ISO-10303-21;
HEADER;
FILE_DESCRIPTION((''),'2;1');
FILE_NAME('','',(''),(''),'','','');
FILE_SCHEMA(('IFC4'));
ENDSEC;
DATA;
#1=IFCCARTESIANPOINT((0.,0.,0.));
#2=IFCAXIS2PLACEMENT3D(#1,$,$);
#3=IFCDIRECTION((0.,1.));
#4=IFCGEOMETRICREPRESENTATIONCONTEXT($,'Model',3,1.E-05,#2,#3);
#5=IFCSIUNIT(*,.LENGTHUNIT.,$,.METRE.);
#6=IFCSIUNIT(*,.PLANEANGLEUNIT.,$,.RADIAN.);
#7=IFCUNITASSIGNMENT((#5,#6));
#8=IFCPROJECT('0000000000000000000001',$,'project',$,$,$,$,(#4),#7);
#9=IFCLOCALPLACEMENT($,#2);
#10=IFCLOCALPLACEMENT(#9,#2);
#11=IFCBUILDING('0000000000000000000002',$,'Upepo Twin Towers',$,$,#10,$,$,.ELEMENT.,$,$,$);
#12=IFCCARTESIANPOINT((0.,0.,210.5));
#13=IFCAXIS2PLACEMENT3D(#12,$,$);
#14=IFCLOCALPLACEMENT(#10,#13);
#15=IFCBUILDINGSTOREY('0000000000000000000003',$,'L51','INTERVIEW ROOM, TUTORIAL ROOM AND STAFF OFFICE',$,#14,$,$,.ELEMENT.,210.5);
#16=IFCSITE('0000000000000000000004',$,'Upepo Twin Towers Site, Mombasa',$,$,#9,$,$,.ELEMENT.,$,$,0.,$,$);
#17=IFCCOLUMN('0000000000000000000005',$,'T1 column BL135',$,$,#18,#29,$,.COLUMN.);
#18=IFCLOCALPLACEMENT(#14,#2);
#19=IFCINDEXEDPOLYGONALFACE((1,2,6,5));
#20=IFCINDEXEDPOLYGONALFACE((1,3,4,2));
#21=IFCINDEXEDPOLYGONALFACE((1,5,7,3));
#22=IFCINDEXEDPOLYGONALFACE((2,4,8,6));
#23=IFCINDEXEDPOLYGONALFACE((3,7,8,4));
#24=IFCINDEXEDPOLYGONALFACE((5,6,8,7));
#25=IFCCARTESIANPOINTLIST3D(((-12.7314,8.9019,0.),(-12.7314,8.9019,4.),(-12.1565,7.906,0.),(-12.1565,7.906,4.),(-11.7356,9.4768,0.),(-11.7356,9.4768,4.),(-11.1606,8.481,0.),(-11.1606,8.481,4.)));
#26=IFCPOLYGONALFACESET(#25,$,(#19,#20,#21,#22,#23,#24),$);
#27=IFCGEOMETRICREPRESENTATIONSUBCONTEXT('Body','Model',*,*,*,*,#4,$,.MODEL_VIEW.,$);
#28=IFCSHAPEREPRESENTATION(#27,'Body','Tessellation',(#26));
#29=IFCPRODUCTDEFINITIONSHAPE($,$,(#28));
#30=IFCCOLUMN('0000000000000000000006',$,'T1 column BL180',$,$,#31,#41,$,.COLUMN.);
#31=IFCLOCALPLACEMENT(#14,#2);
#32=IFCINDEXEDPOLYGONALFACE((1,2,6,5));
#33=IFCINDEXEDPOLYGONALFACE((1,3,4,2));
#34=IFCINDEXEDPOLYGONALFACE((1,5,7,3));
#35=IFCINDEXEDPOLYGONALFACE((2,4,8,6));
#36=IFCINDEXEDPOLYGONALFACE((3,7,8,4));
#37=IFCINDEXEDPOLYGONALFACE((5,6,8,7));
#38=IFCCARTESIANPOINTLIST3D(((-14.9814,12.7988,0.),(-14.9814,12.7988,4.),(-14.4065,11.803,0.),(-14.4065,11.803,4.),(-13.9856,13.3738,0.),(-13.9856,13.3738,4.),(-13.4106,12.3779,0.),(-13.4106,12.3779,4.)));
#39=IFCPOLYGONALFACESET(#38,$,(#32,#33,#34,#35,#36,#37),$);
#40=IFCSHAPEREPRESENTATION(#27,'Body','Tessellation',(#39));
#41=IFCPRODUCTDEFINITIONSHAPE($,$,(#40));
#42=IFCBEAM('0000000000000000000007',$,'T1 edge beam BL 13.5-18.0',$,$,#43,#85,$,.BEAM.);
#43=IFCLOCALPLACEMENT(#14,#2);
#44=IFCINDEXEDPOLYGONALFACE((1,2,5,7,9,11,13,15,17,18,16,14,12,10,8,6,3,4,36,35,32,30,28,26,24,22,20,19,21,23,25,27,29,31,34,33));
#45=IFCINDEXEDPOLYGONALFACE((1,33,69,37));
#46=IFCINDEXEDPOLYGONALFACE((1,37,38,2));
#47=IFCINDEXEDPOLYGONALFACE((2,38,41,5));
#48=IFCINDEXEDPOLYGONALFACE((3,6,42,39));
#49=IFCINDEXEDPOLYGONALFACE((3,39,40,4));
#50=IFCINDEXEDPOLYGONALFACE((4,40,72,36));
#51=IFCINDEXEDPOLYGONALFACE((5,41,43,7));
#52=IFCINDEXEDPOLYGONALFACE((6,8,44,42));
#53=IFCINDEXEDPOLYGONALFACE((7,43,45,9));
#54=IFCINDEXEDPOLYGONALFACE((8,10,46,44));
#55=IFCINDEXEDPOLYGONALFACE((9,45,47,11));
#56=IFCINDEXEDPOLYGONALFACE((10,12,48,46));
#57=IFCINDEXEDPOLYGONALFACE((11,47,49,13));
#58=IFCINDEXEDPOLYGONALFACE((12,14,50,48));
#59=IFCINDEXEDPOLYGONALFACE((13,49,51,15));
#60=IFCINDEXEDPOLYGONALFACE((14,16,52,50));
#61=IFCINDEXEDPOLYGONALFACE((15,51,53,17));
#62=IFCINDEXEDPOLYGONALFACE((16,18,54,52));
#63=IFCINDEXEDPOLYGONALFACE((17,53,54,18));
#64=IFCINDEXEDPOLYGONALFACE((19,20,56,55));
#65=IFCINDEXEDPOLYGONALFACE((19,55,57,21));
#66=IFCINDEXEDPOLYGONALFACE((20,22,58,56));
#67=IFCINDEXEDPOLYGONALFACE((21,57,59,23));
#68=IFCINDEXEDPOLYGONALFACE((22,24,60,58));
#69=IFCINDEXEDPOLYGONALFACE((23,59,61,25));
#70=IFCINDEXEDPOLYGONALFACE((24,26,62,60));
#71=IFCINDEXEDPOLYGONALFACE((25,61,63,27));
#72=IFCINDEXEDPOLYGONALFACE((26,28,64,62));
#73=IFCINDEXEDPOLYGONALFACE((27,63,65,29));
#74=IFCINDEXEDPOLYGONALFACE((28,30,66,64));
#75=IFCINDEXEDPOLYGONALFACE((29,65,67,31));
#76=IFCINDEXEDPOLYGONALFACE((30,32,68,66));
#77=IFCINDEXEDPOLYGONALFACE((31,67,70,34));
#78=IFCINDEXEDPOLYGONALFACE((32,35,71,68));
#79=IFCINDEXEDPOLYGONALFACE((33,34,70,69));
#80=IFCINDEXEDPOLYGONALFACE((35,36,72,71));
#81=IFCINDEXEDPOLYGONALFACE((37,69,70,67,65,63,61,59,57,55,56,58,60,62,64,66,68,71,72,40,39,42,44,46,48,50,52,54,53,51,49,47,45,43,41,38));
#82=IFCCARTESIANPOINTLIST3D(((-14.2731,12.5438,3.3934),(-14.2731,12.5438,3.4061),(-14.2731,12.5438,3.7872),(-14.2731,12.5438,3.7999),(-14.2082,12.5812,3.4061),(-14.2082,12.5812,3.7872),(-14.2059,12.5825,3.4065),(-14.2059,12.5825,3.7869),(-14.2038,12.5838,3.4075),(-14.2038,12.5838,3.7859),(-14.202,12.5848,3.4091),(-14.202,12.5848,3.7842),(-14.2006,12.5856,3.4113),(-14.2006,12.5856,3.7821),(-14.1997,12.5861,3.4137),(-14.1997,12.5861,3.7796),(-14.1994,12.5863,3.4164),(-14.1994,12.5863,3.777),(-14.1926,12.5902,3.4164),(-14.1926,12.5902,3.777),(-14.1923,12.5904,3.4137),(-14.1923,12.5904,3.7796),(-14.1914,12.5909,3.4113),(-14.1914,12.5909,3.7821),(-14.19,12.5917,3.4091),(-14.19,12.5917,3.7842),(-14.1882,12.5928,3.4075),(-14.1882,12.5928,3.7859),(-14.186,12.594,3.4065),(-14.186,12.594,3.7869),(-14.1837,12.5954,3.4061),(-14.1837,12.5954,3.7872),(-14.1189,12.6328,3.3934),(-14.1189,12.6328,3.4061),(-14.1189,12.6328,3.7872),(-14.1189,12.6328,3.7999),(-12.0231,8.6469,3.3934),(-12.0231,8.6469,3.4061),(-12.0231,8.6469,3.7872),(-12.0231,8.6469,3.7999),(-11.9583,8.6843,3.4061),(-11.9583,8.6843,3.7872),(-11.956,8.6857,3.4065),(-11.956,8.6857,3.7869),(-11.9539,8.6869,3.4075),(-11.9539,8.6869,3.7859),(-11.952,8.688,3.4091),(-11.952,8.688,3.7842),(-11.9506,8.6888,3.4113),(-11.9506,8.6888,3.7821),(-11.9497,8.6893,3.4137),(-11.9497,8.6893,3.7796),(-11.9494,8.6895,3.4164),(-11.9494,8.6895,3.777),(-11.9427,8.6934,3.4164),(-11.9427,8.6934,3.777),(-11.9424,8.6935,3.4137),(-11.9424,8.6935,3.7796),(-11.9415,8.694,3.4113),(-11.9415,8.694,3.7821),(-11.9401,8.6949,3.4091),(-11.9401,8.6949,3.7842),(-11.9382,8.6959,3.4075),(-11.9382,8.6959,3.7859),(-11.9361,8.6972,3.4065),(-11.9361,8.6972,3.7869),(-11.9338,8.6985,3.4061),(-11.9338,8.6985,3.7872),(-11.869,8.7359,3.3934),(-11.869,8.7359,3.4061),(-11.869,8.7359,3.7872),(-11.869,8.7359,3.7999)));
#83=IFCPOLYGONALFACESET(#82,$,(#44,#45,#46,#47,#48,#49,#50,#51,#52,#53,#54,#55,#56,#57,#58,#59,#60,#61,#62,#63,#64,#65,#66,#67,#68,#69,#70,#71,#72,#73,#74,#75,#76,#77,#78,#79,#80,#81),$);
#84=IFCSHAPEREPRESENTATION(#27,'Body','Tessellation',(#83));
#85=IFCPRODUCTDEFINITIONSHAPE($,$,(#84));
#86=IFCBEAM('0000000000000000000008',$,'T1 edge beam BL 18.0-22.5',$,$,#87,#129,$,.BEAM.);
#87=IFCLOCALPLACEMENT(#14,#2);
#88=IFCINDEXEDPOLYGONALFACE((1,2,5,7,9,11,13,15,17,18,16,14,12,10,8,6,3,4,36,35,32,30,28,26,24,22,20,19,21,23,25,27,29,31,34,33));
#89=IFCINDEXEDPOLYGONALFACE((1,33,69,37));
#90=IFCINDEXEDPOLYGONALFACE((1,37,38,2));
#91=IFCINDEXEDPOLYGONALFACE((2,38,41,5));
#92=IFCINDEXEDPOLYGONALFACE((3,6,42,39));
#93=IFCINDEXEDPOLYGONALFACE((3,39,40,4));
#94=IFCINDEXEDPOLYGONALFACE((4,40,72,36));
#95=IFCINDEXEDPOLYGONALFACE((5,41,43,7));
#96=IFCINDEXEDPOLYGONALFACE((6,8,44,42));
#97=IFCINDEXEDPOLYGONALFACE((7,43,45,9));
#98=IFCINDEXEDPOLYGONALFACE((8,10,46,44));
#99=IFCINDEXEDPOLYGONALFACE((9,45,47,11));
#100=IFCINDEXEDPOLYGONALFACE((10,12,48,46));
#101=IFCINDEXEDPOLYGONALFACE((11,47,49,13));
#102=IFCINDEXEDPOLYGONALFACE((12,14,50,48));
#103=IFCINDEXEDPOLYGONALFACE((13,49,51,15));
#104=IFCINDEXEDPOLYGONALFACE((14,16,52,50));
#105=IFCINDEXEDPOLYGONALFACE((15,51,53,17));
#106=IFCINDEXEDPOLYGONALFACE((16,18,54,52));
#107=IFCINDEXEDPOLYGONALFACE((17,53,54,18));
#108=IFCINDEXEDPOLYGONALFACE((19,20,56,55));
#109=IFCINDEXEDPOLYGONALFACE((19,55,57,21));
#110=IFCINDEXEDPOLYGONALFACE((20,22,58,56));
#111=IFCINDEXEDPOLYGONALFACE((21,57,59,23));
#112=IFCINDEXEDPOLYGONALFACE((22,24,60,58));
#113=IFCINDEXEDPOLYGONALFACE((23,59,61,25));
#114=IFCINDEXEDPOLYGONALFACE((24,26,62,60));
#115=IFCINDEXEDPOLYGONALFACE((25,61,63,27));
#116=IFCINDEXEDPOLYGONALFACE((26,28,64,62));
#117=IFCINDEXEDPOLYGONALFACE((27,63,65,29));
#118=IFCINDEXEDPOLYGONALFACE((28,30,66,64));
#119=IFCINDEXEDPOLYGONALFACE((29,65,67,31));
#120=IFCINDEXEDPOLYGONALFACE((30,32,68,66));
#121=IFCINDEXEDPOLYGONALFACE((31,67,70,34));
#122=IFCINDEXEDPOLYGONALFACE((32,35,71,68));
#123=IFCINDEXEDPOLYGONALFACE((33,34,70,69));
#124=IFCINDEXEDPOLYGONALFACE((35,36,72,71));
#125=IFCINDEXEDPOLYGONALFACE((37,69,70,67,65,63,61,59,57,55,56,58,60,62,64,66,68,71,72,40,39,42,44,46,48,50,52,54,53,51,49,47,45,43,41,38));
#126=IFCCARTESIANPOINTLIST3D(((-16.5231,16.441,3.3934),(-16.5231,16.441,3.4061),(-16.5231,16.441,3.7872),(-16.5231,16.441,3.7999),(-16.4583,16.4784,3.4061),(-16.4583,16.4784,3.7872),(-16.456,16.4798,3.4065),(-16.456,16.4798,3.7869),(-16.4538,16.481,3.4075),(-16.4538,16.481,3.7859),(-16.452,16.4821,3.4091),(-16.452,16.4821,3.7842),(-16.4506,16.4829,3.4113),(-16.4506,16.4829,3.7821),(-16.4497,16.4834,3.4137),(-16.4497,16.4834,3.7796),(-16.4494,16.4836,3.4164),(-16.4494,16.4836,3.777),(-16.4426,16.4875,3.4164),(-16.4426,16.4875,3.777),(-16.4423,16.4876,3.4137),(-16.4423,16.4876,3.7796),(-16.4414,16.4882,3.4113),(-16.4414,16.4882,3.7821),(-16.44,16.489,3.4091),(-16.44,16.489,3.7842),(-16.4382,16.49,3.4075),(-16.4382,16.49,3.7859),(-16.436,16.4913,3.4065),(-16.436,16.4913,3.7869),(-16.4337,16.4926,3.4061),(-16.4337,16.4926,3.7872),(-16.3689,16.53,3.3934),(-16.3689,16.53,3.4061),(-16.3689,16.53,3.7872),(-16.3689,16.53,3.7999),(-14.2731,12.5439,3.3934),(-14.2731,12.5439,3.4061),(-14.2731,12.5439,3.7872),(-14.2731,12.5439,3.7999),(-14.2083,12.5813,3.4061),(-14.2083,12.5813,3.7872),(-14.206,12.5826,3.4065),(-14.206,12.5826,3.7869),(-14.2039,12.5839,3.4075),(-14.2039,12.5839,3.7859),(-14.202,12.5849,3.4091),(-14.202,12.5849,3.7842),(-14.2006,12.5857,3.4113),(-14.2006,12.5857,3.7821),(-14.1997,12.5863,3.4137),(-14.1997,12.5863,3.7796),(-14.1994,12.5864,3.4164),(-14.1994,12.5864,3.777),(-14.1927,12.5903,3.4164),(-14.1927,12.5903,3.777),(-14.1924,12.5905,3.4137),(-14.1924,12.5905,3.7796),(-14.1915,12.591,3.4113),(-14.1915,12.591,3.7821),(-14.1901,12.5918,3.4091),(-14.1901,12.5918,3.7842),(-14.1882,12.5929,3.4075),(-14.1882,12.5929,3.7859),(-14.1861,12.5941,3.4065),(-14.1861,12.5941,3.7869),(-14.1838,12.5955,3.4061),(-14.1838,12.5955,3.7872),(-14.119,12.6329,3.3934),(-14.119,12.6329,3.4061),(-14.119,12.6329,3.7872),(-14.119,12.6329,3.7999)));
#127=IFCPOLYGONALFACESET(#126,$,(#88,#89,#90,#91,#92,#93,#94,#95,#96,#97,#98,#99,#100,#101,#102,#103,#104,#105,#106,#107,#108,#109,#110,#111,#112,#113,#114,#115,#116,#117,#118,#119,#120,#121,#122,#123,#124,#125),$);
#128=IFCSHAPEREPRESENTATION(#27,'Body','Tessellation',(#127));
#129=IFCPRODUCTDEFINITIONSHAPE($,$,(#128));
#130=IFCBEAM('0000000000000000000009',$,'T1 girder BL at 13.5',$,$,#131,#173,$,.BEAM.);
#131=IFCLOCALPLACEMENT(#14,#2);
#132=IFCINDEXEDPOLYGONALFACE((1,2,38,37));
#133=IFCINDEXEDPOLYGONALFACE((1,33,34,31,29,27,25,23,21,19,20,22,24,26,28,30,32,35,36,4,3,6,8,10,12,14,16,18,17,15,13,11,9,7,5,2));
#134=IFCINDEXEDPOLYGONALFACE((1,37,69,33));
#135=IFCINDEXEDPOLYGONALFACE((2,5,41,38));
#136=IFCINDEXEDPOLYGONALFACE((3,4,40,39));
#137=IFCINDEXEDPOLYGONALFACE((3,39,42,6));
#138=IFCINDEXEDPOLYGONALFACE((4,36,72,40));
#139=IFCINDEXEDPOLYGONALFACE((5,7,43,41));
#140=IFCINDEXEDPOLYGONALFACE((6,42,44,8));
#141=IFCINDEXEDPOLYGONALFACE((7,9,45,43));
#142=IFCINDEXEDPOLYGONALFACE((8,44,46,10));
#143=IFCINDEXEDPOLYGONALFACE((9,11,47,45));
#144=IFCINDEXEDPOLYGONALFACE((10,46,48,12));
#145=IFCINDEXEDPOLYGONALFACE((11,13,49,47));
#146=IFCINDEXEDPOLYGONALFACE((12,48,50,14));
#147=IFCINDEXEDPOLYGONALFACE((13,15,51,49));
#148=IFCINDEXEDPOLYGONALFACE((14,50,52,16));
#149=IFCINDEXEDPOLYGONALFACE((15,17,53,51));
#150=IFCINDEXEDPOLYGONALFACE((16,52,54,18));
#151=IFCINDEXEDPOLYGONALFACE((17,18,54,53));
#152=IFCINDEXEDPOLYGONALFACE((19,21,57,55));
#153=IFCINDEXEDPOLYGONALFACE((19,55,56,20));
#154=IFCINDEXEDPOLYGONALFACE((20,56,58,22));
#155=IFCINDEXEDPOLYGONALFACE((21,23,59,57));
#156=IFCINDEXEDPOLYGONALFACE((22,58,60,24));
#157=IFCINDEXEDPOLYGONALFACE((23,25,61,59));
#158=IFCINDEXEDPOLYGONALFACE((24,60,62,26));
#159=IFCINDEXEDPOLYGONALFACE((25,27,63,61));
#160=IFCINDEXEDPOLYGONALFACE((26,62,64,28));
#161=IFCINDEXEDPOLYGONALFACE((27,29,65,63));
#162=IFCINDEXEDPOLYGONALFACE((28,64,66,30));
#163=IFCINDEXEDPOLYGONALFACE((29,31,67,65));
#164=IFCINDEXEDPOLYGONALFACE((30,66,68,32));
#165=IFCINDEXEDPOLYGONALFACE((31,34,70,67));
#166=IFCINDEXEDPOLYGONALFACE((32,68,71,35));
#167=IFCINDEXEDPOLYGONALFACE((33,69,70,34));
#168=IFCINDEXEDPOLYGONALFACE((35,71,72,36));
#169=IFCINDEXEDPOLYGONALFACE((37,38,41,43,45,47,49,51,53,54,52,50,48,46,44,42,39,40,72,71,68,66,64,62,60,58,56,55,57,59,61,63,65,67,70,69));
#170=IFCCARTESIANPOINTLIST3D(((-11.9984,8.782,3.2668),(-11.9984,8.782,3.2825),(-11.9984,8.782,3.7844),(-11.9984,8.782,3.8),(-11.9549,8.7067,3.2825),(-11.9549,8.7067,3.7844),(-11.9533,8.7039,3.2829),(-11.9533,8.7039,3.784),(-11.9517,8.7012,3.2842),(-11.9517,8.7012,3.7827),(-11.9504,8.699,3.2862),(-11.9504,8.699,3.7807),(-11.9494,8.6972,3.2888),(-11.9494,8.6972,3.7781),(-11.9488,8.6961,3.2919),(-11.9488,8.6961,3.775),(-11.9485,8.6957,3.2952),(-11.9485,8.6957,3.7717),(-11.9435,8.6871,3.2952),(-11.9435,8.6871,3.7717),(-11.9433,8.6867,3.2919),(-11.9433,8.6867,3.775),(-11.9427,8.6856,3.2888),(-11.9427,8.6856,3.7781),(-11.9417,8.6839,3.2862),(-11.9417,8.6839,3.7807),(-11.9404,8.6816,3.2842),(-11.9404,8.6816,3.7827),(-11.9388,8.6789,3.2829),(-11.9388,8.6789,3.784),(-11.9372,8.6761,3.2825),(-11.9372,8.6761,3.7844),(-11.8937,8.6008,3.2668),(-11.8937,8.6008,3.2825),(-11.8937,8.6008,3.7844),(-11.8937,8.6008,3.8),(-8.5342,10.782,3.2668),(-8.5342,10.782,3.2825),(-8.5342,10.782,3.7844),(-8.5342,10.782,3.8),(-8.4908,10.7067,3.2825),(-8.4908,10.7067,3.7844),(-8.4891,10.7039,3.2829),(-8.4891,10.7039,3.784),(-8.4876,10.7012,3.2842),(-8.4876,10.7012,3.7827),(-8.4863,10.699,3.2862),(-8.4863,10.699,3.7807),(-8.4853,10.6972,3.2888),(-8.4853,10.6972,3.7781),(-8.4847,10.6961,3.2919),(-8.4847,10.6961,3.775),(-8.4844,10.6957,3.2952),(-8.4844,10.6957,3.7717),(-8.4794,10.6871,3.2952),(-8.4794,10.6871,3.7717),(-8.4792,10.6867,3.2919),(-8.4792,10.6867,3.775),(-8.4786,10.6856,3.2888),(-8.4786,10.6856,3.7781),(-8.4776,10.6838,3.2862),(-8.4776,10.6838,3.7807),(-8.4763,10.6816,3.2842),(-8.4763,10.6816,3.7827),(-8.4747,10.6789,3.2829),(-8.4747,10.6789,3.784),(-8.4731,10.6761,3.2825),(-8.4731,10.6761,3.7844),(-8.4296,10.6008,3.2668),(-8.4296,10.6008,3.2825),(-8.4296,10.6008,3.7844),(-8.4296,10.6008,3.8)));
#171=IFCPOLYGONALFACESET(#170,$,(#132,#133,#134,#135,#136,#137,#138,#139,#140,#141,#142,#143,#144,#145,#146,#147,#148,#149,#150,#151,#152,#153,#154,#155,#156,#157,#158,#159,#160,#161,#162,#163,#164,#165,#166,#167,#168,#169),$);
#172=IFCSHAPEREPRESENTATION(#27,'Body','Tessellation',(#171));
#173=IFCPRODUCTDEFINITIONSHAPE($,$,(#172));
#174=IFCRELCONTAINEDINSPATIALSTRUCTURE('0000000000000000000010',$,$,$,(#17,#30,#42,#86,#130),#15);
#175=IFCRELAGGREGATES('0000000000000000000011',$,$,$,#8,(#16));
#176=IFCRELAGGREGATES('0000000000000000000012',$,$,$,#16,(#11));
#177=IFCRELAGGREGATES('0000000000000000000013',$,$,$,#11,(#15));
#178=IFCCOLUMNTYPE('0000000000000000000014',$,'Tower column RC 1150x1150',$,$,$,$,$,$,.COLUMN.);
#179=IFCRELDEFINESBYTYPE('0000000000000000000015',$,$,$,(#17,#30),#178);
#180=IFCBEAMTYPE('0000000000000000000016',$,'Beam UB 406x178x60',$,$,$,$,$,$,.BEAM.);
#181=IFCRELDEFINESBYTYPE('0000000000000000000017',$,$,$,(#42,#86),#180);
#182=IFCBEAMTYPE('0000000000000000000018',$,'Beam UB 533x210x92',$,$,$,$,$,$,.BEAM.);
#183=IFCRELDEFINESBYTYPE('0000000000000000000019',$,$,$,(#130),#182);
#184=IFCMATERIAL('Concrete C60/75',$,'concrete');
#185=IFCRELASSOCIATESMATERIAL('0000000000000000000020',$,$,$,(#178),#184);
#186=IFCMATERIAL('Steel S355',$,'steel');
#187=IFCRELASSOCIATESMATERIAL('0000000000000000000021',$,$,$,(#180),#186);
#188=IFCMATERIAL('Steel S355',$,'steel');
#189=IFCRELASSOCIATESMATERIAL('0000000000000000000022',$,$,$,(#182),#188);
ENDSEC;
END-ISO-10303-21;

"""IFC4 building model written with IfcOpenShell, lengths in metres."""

from ifc_helpers import new_model, si_unit, direction, frame, origin, origin_2d, place, context, subcontext, project, spatial, rectangle, i_section, extrude, material, material_profile, profile_set, type_object, element, save


model = new_model("IFC4")

# Units and contexts
model_context = context("Model", 3, precision=1e-05, world=origin(), true_north=direction((0.0, 1.0)))
body_context = subcontext(model_context, "Body", "Model", "MODEL_VIEW")
ifc_project = project(units=[si_unit("LENGTHUNIT", "METRE"), si_unit("PLANEANGLEUNIT", "RADIAN")], contexts=[model_context])

# Site, building, storey
site_placement = place(None, origin())
site = spatial("IfcSite", under=ifc_project, at=site_placement, Name="Upepo Twin Towers Site, Mombasa", CompositionType="ELEMENT", RefElevation=0.0)
building_placement = place(site_placement, origin())
building = spatial("IfcBuilding", under=site, at=building_placement, Name="Upepo Twin Towers", CompositionType="ELEMENT")
storey_placement = place(building_placement, frame((0.0, 0.0, 210.5)))
storey = spatial("IfcBuildingStorey", under=building, at=storey_placement, Name="L51", Description="INTERVIEW ROOM, TUTORIAL ROOM AND STAFF OFFICE", CompositionType="ELEMENT", Elevation=210.5)

# Columns
ifc_material_1 = material(Name="Concrete C60/75", Category="concrete")
ifc_material_profile_1 = material_profile(ifc_material_1, rectangle(XDim=1.1499, YDim=1.1499, at=origin_2d()), Name="RC 1150x1150")
ifc_profile_set_1 = profile_set([ifc_material_profile_1], Name="Concrete C60/75")
column_type = type_object("IfcColumnType", Name="Tower column RC 1150x1150", PredefinedType="COLUMN", material=ifc_profile_set_1)
for number, where, z_axis, x_axis, name in (
    (1, (-11.946, 8.6914, 0.0), (0.0, 0.0, 1.0), (0.866025, 0.5, 0.0), "T1 column BL135"),
    (2, (-14.196, 12.5884, 0.0), (0.0, 0.0, 1.0), (0.866025, 0.5, 0.0), "T1 column BL180"),
):
    element("IfcColumn", number, at=place(storey_placement, frame(where, z_axis=z_axis, x_axis=x_axis)), inside=storey, type_object=column_type, Name=name, PredefinedType="COLUMN", context=body_context, shape_type="SweptSolid", body=[
        extrude(rectangle(XDim=1.1499, YDim=1.1499, at=origin_2d()), origin(), (0.0, 0.0, 1.0), 4.0),
    ])

# Beams
ifc_material_2 = material(Name="Steel S355", Category="steel")
ifc_material_profile_2 = material_profile(ifc_material_2, i_section(OverallWidth=0.178, OverallDepth=0.4065, WebThickness=0.0078, FlangeThickness=0.0127, FilletRadius=0.0103, at=origin_2d()), Name="UB 406x178x60")
ifc_profile_set_2 = profile_set([ifc_material_profile_2], Name="Steel S355")
beam_type_1 = type_object("IfcBeamType", Name="Beam UB 406x178x60", PredefinedType="BEAM", material=ifc_profile_set_2)
beam_1_placement = place(storey_placement, frame((-11.946, 8.6914, 3.5967), z_axis=(-0.500014, 0.866018, 0.0), x_axis=(-0.866018, -0.500014, 0.0)))
element("IfcBeam", 3, at=beam_1_placement, inside=storey, type_object=beam_type_1, Name="T1 edge beam BL 13.5-18.0", PredefinedType="BEAM", context=body_context, shape_type="SweptSolid", body=[
    extrude(i_section(OverallWidth=0.178, OverallDepth=0.4065, WebThickness=0.0078, FlangeThickness=0.0127, FilletRadius=0.0103, at=origin_2d()), origin(), (0.0, 0.0, 1.0), 4.4998),
])
beam_2_placement = place(storey_placement, frame((-14.196, 12.5884, 3.5967), z_axis=(-0.49999, 0.866031, 0.0), x_axis=(-0.866031, -0.49999, 0.0)))
element("IfcBeam", 4, at=beam_2_placement, inside=storey, type_object=beam_type_1, Name="T1 edge beam BL 18.0-22.5", PredefinedType="BEAM", context=body_context, shape_type="SweptSolid", body=[
    extrude(i_section(OverallWidth=0.178, OverallDepth=0.4065, WebThickness=0.0078, FlangeThickness=0.0127, FilletRadius=0.0103, at=origin_2d()), origin(), (0.0, 0.0, 1.0), 4.5),
])
ifc_material_3 = material(Name="Steel S355", Category="steel")
ifc_material_profile_3 = material_profile(ifc_material_3, i_section(OverallWidth=0.2092, OverallDepth=0.5332, WebThickness=0.01, FlangeThickness=0.0156, FilletRadius=0.0127, at=origin_2d()), Name="UB 533x210x92")
ifc_profile_set_3 = profile_set([ifc_material_profile_3], Name="Steel S355")
beam_type_2 = type_object("IfcBeamType", Name="Beam UB 533x210x92", PredefinedType="BEAM", material=ifc_profile_set_3)
for number, where, z_axis, x_axis, name in (
    (5, (-11.946, 8.6914, 3.5334), (0.866026, 0.499999, 0.0), (-0.499999, 0.866026, 0.0), "T1 girder BL at 13.5"),
):
    element("IfcBeam", number, at=place(storey_placement, frame(where, z_axis=z_axis, x_axis=x_axis)), inside=storey, type_object=beam_type_2, Name=name, PredefinedType="BEAM", context=body_context, shape_type="SweptSolid", body=[
        extrude(i_section(OverallWidth=0.2092, OverallDepth=0.5332, WebThickness=0.01, FlangeThickness=0.0156, FilletRadius=0.0127, at=origin_2d()), origin(), (0.0, 0.0, 1.0), 4.0),
    ])

save(model, "model.ifc")
